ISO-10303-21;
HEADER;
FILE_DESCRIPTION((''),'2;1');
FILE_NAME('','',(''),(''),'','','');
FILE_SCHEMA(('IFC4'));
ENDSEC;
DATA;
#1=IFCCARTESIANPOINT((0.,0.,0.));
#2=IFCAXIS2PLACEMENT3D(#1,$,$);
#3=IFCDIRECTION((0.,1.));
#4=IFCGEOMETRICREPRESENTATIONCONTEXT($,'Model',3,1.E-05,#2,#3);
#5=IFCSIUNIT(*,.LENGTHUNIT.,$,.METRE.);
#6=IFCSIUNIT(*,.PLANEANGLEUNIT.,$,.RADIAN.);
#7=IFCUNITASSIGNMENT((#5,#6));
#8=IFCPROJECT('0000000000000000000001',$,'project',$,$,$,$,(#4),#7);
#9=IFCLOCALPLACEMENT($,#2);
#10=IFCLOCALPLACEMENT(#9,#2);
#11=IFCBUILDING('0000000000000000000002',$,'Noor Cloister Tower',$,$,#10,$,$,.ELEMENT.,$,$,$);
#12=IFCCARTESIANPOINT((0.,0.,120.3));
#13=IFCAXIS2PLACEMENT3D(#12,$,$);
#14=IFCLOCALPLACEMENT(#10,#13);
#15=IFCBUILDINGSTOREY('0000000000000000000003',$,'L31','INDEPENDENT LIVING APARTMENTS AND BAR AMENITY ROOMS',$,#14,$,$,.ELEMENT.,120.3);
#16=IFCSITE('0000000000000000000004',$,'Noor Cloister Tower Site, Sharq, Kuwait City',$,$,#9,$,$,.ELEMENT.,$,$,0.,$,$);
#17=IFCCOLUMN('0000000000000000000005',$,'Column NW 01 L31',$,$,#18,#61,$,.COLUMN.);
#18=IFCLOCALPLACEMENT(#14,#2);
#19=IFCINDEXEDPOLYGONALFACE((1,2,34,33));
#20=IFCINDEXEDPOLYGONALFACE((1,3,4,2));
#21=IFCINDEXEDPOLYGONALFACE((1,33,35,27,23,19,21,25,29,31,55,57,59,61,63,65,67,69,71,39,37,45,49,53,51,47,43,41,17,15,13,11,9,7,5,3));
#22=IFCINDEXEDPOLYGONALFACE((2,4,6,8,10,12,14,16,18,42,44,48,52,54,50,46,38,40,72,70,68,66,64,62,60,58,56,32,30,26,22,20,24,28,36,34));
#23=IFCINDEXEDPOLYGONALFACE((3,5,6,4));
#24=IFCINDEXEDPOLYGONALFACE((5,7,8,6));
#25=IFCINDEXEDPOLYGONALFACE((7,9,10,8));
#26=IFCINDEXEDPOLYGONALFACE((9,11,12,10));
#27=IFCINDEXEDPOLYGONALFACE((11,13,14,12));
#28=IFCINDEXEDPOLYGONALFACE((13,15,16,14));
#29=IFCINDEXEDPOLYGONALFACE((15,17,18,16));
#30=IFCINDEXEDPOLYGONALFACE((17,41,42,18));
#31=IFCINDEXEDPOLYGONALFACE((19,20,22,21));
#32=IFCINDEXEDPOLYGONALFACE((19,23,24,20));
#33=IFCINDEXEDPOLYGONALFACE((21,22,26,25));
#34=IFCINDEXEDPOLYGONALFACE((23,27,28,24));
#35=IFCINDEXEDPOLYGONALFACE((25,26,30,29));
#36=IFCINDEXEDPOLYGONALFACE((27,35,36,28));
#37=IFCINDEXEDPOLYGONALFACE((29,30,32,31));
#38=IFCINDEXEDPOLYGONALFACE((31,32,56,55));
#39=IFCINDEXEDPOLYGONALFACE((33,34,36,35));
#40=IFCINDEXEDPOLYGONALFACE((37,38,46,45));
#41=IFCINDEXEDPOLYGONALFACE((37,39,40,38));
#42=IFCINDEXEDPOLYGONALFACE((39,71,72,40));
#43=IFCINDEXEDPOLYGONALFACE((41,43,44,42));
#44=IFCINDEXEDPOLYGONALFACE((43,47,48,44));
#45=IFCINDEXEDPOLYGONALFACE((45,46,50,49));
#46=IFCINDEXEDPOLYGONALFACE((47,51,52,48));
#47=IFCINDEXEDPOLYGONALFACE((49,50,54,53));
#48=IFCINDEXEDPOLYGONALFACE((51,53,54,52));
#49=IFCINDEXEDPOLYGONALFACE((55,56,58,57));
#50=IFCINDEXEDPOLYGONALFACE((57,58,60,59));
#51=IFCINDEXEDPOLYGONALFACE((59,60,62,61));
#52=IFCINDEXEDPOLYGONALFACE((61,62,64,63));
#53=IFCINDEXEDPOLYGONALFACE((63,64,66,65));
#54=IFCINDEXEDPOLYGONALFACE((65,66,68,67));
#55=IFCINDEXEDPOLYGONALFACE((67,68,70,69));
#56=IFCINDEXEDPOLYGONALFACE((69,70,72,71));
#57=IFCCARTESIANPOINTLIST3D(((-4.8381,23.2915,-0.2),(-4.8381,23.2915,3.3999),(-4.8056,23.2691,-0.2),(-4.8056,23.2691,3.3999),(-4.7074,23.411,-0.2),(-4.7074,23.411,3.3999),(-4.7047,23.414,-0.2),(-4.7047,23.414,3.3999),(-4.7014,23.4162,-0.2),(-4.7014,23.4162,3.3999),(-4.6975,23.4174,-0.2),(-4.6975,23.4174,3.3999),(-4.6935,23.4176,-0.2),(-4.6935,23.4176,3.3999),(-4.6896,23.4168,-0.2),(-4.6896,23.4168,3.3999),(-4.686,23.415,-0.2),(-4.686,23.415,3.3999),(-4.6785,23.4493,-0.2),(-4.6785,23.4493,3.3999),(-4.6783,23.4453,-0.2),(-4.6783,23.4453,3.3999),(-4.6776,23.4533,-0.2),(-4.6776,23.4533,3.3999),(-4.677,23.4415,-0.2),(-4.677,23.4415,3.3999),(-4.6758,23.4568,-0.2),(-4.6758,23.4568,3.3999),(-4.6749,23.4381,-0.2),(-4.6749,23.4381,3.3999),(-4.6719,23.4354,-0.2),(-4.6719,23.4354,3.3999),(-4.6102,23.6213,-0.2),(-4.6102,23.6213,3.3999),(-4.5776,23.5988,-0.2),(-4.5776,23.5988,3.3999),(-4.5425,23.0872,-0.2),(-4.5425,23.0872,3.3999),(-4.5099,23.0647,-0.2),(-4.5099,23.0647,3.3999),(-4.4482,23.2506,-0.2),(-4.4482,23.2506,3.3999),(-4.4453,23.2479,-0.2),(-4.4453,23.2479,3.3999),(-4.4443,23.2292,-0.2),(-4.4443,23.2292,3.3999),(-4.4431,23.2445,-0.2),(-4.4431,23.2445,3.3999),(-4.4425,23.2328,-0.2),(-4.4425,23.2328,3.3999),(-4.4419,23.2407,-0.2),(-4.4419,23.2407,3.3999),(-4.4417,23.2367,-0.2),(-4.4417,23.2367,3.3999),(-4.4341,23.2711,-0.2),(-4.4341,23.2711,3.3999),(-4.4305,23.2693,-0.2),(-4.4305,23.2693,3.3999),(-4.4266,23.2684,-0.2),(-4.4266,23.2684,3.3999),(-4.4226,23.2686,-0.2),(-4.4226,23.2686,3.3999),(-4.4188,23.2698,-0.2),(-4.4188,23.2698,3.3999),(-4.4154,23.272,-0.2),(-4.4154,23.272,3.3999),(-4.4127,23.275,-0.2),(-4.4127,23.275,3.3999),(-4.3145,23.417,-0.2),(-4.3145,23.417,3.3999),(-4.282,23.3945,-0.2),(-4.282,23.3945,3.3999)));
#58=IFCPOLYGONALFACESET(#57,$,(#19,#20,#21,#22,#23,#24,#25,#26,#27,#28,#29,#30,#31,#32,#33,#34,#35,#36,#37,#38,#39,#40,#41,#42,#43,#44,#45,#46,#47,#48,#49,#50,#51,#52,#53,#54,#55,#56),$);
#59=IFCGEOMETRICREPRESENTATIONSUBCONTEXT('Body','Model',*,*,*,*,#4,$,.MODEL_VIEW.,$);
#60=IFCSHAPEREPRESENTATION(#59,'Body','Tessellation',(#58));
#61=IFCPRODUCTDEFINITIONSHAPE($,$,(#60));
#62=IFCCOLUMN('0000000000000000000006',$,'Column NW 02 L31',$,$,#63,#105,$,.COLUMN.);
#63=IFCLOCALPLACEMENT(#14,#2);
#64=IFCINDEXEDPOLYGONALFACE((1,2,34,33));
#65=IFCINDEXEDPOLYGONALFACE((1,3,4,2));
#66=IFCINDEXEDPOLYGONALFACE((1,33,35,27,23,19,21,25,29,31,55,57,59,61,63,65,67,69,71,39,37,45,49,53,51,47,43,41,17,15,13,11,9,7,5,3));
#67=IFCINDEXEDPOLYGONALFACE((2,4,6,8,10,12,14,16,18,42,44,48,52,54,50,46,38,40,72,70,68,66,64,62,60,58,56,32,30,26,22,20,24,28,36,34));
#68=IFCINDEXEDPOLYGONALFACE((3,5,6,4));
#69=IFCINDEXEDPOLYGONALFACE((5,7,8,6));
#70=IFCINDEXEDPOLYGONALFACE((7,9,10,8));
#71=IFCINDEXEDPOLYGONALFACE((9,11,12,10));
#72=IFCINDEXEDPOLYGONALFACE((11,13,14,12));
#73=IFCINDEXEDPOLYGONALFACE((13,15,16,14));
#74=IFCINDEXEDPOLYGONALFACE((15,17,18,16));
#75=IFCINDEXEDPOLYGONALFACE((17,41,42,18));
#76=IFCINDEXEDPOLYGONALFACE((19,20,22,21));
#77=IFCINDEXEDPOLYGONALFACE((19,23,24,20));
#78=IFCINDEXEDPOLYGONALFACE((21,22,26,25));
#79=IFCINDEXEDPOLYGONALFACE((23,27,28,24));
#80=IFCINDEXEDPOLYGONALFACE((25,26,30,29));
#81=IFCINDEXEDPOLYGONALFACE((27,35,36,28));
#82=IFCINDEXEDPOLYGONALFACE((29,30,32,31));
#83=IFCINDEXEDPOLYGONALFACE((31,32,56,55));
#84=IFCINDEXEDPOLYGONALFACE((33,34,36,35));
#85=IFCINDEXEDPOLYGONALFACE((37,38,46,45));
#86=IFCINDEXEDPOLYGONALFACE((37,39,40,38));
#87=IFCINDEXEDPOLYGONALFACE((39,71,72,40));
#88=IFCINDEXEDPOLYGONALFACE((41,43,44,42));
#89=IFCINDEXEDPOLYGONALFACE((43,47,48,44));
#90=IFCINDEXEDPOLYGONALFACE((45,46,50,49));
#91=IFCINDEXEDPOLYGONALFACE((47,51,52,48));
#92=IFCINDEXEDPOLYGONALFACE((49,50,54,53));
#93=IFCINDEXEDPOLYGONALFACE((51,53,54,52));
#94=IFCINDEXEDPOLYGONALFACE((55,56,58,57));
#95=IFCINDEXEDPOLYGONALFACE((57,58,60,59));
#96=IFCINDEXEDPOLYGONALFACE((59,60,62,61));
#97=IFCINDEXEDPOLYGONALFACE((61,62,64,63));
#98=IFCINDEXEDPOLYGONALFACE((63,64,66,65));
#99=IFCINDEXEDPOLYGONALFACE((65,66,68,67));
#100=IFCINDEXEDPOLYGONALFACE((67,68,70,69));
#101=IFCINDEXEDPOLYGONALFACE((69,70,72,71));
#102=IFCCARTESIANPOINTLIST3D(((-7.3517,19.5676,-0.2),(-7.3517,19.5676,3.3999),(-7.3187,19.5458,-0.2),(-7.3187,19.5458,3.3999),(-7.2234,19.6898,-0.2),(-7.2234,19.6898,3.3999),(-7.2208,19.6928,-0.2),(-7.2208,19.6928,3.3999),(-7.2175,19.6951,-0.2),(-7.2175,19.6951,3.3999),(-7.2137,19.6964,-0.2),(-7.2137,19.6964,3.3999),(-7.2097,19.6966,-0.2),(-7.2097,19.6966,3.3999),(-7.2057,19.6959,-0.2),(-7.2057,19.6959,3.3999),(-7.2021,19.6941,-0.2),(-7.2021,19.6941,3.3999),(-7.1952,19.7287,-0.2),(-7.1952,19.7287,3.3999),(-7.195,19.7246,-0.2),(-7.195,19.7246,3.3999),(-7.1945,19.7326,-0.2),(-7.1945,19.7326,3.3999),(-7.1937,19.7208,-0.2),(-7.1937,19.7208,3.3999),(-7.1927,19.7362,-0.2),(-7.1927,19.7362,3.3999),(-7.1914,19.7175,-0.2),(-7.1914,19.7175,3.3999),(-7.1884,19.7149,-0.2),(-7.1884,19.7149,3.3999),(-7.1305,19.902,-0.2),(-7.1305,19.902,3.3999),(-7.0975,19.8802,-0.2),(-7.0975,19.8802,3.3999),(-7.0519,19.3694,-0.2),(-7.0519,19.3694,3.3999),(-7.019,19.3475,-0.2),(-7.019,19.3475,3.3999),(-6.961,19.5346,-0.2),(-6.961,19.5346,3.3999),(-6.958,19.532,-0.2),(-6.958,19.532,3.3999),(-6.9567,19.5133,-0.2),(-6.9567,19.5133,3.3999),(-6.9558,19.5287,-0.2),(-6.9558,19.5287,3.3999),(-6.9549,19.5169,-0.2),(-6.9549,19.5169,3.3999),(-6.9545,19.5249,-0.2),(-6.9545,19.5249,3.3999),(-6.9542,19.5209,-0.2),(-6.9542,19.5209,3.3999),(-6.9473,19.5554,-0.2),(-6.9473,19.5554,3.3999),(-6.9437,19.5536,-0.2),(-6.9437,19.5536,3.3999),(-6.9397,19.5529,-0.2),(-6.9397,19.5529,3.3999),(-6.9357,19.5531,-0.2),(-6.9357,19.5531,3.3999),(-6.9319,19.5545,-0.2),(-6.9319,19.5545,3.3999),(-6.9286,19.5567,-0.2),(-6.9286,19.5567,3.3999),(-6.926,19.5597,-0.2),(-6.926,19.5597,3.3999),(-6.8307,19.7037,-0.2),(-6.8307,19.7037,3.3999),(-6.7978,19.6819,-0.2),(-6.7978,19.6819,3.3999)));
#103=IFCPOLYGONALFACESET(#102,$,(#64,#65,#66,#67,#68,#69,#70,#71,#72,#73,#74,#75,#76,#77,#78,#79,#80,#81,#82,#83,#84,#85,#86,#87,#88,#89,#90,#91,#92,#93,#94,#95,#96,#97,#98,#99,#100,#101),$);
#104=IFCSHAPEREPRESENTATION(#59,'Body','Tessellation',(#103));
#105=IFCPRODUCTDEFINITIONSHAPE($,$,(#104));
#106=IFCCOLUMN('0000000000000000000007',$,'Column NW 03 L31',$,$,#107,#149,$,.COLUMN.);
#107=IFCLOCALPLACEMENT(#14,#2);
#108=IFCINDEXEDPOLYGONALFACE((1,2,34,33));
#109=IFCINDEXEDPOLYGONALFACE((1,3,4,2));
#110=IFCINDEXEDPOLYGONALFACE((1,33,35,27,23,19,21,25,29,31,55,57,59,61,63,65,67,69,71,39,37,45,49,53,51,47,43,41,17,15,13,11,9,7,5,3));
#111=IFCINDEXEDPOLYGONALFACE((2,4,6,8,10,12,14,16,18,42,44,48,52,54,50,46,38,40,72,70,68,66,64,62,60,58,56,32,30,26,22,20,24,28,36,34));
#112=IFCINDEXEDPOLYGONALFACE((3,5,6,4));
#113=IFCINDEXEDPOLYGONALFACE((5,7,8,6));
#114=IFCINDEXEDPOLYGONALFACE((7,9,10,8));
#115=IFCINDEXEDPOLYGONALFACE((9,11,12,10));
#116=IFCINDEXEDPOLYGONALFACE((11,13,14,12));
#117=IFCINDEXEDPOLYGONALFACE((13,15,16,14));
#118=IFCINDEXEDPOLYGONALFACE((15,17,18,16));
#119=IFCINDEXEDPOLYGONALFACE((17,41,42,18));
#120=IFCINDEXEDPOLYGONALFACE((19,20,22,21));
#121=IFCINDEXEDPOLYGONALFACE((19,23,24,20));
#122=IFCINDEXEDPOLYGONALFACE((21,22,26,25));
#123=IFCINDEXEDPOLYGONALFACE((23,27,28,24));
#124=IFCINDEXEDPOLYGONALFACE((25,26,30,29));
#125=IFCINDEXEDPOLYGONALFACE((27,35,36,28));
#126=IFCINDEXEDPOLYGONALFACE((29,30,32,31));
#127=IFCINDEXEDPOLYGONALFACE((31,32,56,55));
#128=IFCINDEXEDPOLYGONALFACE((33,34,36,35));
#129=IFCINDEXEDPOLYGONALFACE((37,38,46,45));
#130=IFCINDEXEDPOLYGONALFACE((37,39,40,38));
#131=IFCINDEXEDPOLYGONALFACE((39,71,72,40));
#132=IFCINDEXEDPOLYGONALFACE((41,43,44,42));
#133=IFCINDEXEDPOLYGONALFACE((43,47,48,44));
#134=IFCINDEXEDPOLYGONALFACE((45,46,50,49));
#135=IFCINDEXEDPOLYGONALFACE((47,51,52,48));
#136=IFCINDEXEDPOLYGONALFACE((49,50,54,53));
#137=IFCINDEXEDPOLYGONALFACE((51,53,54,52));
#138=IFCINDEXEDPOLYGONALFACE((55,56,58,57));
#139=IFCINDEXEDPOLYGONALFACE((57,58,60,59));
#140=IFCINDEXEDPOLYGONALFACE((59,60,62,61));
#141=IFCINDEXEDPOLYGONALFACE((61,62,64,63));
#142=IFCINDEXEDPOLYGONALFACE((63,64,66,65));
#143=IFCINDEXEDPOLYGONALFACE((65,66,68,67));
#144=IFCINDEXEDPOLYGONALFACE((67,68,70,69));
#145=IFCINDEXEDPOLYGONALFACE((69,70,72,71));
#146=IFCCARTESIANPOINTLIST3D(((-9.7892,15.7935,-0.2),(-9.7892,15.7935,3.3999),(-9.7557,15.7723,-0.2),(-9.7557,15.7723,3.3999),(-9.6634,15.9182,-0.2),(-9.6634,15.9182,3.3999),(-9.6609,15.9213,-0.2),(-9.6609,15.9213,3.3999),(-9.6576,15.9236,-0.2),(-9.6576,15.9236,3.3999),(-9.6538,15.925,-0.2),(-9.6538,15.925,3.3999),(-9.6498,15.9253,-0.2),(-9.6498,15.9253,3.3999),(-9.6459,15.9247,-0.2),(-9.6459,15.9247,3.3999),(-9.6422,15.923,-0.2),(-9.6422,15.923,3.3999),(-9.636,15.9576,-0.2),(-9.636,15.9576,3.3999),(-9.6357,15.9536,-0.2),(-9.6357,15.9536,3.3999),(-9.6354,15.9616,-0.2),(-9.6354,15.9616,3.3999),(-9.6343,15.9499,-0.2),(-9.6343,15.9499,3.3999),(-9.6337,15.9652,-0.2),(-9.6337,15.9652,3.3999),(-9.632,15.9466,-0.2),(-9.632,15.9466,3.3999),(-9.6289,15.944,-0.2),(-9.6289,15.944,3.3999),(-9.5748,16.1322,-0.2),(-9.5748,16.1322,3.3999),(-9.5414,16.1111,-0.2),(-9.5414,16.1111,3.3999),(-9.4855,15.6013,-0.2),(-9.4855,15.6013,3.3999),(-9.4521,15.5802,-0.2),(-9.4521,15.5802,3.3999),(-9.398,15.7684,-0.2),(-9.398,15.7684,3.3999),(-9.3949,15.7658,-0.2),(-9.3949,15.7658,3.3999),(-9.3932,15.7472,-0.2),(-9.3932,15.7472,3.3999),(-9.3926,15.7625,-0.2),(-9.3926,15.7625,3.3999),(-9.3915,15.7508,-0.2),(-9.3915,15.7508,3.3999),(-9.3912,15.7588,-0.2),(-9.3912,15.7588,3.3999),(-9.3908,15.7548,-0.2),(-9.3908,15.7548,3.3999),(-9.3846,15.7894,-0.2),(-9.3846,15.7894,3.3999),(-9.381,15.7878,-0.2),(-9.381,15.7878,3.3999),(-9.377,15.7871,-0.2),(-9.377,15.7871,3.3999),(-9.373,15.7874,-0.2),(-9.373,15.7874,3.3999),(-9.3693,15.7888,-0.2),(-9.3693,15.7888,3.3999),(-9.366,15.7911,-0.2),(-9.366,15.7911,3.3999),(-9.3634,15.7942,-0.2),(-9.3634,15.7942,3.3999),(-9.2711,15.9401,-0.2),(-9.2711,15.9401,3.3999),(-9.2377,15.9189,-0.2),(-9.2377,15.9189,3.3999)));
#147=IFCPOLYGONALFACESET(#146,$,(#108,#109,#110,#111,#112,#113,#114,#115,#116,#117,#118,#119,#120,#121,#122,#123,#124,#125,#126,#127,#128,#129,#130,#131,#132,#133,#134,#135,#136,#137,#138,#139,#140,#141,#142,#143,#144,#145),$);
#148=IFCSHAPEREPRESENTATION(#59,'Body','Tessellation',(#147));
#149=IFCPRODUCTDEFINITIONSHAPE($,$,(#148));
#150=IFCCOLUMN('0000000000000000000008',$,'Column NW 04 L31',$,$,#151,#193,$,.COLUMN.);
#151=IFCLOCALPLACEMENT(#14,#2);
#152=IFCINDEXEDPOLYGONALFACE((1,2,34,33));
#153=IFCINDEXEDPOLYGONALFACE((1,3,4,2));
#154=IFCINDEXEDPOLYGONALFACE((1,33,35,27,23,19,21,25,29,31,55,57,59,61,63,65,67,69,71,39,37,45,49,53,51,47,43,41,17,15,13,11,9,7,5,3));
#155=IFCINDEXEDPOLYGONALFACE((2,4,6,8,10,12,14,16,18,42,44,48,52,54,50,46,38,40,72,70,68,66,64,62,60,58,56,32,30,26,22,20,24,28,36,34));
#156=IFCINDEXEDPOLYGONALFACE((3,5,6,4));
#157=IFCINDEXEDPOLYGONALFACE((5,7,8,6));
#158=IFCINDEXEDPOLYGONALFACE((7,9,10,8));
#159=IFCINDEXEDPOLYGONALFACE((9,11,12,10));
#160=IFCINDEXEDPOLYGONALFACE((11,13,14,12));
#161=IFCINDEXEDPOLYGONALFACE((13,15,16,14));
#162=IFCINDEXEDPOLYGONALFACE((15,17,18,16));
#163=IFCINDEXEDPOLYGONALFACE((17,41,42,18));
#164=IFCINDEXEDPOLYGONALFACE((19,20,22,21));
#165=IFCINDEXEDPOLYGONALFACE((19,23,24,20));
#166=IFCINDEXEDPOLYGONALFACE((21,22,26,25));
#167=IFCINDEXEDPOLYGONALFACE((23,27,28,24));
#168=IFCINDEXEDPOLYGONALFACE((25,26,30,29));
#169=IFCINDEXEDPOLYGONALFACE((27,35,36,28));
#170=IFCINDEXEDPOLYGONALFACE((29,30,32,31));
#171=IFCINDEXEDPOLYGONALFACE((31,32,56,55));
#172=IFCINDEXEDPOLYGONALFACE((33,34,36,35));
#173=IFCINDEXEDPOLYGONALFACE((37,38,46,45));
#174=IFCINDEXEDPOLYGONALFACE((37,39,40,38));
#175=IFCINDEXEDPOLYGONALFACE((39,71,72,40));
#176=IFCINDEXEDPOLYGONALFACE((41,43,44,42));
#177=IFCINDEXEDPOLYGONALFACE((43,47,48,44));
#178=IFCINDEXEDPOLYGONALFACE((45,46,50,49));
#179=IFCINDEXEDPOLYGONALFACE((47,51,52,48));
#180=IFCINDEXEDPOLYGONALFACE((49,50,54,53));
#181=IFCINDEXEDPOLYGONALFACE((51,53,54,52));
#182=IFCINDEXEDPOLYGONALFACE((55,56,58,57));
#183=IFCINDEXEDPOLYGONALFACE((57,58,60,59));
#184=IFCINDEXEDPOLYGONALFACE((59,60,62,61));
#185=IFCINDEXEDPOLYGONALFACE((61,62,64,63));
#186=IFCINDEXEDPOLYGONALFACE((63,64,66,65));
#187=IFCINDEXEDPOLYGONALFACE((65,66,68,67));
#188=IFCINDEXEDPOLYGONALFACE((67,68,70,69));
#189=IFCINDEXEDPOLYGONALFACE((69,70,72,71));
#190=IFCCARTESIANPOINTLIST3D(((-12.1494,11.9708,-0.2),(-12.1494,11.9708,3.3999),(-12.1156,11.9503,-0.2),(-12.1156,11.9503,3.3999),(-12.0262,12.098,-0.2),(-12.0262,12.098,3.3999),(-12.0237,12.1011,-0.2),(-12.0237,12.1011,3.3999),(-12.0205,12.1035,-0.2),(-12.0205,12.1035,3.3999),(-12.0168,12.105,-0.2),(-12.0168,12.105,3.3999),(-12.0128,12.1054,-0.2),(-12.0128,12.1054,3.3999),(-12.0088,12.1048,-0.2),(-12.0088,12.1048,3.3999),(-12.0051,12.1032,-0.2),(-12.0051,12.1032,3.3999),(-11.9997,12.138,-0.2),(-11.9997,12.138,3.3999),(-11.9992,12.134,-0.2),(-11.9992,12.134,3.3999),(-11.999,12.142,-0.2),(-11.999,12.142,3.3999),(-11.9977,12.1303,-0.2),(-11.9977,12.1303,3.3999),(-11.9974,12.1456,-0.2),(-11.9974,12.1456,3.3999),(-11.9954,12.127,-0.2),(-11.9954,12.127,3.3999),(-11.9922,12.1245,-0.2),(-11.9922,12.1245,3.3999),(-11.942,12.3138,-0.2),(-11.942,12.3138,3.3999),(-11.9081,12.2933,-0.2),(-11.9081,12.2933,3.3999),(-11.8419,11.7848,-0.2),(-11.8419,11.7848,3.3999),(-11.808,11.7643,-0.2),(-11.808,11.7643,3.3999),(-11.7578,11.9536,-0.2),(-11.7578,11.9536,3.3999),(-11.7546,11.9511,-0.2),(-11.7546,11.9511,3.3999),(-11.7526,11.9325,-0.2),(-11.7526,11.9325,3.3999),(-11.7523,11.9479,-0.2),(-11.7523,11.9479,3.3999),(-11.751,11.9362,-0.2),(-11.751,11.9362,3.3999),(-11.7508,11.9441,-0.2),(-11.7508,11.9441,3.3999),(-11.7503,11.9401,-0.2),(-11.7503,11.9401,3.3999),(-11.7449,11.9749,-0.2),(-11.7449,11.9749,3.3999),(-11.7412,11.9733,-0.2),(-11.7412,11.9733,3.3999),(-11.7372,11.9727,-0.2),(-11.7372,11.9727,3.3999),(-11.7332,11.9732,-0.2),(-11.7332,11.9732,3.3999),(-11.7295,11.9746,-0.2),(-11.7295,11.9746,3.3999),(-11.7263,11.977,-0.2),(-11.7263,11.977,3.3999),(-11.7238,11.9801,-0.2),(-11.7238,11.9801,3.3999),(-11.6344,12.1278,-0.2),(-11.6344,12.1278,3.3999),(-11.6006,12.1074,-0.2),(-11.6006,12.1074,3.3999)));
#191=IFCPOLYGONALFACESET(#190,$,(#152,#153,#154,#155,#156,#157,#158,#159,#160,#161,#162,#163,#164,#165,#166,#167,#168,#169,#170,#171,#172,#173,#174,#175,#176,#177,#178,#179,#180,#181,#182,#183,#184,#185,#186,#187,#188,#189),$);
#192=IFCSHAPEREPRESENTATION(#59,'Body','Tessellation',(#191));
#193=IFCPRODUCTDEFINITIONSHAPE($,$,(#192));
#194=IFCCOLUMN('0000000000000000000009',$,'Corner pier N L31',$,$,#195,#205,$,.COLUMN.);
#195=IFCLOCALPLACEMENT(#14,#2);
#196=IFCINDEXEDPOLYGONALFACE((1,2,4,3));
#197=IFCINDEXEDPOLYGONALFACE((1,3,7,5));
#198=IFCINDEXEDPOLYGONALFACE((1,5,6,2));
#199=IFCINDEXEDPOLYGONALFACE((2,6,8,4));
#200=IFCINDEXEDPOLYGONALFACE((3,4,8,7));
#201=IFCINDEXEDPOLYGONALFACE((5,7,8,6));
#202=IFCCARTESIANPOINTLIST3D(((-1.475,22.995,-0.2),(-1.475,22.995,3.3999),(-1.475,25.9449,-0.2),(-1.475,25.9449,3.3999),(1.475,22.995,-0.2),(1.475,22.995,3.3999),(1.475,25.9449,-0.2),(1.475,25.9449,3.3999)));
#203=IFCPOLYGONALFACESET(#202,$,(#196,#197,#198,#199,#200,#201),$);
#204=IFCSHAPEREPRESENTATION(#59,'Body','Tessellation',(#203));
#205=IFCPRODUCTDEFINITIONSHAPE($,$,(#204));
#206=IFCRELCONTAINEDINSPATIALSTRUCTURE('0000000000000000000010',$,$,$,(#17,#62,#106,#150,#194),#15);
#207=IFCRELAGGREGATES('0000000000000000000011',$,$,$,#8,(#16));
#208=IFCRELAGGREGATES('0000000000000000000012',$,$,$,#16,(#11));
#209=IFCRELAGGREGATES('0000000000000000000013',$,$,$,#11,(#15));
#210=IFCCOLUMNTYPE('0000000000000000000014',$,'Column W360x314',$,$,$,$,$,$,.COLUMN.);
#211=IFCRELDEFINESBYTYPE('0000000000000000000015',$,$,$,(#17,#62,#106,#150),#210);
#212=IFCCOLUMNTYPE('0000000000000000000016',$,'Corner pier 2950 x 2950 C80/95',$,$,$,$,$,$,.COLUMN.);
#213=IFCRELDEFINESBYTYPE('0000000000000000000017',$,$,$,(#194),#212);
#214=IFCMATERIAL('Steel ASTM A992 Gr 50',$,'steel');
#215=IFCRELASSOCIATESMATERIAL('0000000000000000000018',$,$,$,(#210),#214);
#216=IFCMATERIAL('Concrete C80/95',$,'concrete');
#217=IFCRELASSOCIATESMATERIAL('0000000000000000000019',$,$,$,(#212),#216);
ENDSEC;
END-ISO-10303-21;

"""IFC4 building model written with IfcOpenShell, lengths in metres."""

from ifc_helpers import new_model, si_unit, direction, frame, origin, origin_2d, place, context, subcontext, project, spatial, rectangle, i_section, extrude, material, material_profile, profile_set, type_object, element, save


model = new_model("IFC4")

# Units and contexts
model_context = context("Model", 3, precision=1e-05, world=origin(), true_north=direction((0.0, 1.0)))
body_context = subcontext(model_context, "Body", "Model", "MODEL_VIEW")
ifc_project = project(units=[si_unit("LENGTHUNIT", "METRE"), si_unit("PLANEANGLEUNIT", "RADIAN")], contexts=[model_context])

# Site, building, storey
site_placement = place(None, origin())
site = spatial("IfcSite", under=ifc_project, at=site_placement, Name="Noor Cloister Tower Site, Sharq, Kuwait City", CompositionType="ELEMENT", RefElevation=0.0)
building_placement = place(site_placement, origin())
building = spatial("IfcBuilding", under=site, at=building_placement, Name="Noor Cloister Tower", CompositionType="ELEMENT")
storey_placement = place(building_placement, frame((0.0, 0.0, 120.3)))
storey = spatial("IfcBuildingStorey", under=building, at=storey_placement, Name="L31", Description="INDEPENDENT LIVING APARTMENTS AND BAR AMENITY ROOMS", CompositionType="ELEMENT", Elevation=120.3)

# Columns
ifc_material_1 = material(Name="Steel ASTM A992 Gr 50", Category="steel")
ifc_material_profile_1 = material_profile(ifc_material_1, i_section(OverallWidth=0.4009, OverallDepth=0.3989, WebThickness=0.0249, FlangeThickness=0.0396, FilletRadius=0.0154, at=origin_2d()), Name="W360x314")
ifc_profile_set_1 = profile_set([ifc_material_profile_1], Name="Steel ASTM A992 Gr 50")
column_type_1 = type_object("IfcColumnType", Name="Column W360x314", PredefinedType="COLUMN", material=ifc_profile_set_1)
for number, where, z_axis, x_axis, name in (
    (1, (-4.5601, 23.343, -0.2), (0.0, 0.0, 1.0), (-0.568579, -0.822628, 0.0), "Column NW 01 L31"),
    (2, (-7.0747, 19.6248, -0.2), (0.0, 0.0, 1.0), (-0.551768, -0.833997, 0.0), "Column NW 02 L31"),
    (3, (-9.5134, 15.8562, -0.2), (0.0, 0.0, 1.0), (-0.53473, -0.845023, 0.0), "Column NW 03 L31"),
    (4, (-11.875, 12.0391, -0.2), (0.0, 0.0, 1.0), (-0.517472, -0.8557, 0.0), "Column NW 04 L31"),
):
    element("IfcColumn", number, at=place(storey_placement, frame(where, z_axis=z_axis, x_axis=x_axis)), inside=storey, type_object=column_type_1, Name=name, PredefinedType="COLUMN", context=body_context, shape_type="SweptSolid", body=[
        extrude(i_section(OverallWidth=0.4009, OverallDepth=0.3989, WebThickness=0.0249, FlangeThickness=0.0396, FilletRadius=0.0154, at=origin_2d()), origin(), (0.0, 0.0, 1.0), 3.5999),
    ])
ifc_material_2 = material(Name="Concrete C80/95", Category="concrete")
ifc_material_profile_2 = material_profile(ifc_material_2, rectangle(XDim=2.95, YDim=2.95, at=origin_2d()), Name="RC 2950x2950")
ifc_profile_set_2 = profile_set([ifc_material_profile_2], Name="Concrete C80/95")
column_type_2 = type_object("IfcColumnType", Name="Corner pier 2950 x 2950 C80/95", PredefinedType="COLUMN", material=ifc_profile_set_2)
column_placement = place(storey_placement, frame((0.0, 24.47, -0.2), z_axis=(0.0, 0.0, 1.0), x_axis=(0.0, 1.0, 0.0)))
element("IfcColumn", 5, at=column_placement, inside=storey, type_object=column_type_2, Name="Corner pier N L31", PredefinedType="COLUMN", context=body_context, shape_type="SweptSolid", body=[
    extrude(rectangle(XDim=2.95, YDim=2.95, at=origin_2d()), origin(), (0.0, 0.0, 1.0), 3.5999),
])

save(model, "model.ifc")
